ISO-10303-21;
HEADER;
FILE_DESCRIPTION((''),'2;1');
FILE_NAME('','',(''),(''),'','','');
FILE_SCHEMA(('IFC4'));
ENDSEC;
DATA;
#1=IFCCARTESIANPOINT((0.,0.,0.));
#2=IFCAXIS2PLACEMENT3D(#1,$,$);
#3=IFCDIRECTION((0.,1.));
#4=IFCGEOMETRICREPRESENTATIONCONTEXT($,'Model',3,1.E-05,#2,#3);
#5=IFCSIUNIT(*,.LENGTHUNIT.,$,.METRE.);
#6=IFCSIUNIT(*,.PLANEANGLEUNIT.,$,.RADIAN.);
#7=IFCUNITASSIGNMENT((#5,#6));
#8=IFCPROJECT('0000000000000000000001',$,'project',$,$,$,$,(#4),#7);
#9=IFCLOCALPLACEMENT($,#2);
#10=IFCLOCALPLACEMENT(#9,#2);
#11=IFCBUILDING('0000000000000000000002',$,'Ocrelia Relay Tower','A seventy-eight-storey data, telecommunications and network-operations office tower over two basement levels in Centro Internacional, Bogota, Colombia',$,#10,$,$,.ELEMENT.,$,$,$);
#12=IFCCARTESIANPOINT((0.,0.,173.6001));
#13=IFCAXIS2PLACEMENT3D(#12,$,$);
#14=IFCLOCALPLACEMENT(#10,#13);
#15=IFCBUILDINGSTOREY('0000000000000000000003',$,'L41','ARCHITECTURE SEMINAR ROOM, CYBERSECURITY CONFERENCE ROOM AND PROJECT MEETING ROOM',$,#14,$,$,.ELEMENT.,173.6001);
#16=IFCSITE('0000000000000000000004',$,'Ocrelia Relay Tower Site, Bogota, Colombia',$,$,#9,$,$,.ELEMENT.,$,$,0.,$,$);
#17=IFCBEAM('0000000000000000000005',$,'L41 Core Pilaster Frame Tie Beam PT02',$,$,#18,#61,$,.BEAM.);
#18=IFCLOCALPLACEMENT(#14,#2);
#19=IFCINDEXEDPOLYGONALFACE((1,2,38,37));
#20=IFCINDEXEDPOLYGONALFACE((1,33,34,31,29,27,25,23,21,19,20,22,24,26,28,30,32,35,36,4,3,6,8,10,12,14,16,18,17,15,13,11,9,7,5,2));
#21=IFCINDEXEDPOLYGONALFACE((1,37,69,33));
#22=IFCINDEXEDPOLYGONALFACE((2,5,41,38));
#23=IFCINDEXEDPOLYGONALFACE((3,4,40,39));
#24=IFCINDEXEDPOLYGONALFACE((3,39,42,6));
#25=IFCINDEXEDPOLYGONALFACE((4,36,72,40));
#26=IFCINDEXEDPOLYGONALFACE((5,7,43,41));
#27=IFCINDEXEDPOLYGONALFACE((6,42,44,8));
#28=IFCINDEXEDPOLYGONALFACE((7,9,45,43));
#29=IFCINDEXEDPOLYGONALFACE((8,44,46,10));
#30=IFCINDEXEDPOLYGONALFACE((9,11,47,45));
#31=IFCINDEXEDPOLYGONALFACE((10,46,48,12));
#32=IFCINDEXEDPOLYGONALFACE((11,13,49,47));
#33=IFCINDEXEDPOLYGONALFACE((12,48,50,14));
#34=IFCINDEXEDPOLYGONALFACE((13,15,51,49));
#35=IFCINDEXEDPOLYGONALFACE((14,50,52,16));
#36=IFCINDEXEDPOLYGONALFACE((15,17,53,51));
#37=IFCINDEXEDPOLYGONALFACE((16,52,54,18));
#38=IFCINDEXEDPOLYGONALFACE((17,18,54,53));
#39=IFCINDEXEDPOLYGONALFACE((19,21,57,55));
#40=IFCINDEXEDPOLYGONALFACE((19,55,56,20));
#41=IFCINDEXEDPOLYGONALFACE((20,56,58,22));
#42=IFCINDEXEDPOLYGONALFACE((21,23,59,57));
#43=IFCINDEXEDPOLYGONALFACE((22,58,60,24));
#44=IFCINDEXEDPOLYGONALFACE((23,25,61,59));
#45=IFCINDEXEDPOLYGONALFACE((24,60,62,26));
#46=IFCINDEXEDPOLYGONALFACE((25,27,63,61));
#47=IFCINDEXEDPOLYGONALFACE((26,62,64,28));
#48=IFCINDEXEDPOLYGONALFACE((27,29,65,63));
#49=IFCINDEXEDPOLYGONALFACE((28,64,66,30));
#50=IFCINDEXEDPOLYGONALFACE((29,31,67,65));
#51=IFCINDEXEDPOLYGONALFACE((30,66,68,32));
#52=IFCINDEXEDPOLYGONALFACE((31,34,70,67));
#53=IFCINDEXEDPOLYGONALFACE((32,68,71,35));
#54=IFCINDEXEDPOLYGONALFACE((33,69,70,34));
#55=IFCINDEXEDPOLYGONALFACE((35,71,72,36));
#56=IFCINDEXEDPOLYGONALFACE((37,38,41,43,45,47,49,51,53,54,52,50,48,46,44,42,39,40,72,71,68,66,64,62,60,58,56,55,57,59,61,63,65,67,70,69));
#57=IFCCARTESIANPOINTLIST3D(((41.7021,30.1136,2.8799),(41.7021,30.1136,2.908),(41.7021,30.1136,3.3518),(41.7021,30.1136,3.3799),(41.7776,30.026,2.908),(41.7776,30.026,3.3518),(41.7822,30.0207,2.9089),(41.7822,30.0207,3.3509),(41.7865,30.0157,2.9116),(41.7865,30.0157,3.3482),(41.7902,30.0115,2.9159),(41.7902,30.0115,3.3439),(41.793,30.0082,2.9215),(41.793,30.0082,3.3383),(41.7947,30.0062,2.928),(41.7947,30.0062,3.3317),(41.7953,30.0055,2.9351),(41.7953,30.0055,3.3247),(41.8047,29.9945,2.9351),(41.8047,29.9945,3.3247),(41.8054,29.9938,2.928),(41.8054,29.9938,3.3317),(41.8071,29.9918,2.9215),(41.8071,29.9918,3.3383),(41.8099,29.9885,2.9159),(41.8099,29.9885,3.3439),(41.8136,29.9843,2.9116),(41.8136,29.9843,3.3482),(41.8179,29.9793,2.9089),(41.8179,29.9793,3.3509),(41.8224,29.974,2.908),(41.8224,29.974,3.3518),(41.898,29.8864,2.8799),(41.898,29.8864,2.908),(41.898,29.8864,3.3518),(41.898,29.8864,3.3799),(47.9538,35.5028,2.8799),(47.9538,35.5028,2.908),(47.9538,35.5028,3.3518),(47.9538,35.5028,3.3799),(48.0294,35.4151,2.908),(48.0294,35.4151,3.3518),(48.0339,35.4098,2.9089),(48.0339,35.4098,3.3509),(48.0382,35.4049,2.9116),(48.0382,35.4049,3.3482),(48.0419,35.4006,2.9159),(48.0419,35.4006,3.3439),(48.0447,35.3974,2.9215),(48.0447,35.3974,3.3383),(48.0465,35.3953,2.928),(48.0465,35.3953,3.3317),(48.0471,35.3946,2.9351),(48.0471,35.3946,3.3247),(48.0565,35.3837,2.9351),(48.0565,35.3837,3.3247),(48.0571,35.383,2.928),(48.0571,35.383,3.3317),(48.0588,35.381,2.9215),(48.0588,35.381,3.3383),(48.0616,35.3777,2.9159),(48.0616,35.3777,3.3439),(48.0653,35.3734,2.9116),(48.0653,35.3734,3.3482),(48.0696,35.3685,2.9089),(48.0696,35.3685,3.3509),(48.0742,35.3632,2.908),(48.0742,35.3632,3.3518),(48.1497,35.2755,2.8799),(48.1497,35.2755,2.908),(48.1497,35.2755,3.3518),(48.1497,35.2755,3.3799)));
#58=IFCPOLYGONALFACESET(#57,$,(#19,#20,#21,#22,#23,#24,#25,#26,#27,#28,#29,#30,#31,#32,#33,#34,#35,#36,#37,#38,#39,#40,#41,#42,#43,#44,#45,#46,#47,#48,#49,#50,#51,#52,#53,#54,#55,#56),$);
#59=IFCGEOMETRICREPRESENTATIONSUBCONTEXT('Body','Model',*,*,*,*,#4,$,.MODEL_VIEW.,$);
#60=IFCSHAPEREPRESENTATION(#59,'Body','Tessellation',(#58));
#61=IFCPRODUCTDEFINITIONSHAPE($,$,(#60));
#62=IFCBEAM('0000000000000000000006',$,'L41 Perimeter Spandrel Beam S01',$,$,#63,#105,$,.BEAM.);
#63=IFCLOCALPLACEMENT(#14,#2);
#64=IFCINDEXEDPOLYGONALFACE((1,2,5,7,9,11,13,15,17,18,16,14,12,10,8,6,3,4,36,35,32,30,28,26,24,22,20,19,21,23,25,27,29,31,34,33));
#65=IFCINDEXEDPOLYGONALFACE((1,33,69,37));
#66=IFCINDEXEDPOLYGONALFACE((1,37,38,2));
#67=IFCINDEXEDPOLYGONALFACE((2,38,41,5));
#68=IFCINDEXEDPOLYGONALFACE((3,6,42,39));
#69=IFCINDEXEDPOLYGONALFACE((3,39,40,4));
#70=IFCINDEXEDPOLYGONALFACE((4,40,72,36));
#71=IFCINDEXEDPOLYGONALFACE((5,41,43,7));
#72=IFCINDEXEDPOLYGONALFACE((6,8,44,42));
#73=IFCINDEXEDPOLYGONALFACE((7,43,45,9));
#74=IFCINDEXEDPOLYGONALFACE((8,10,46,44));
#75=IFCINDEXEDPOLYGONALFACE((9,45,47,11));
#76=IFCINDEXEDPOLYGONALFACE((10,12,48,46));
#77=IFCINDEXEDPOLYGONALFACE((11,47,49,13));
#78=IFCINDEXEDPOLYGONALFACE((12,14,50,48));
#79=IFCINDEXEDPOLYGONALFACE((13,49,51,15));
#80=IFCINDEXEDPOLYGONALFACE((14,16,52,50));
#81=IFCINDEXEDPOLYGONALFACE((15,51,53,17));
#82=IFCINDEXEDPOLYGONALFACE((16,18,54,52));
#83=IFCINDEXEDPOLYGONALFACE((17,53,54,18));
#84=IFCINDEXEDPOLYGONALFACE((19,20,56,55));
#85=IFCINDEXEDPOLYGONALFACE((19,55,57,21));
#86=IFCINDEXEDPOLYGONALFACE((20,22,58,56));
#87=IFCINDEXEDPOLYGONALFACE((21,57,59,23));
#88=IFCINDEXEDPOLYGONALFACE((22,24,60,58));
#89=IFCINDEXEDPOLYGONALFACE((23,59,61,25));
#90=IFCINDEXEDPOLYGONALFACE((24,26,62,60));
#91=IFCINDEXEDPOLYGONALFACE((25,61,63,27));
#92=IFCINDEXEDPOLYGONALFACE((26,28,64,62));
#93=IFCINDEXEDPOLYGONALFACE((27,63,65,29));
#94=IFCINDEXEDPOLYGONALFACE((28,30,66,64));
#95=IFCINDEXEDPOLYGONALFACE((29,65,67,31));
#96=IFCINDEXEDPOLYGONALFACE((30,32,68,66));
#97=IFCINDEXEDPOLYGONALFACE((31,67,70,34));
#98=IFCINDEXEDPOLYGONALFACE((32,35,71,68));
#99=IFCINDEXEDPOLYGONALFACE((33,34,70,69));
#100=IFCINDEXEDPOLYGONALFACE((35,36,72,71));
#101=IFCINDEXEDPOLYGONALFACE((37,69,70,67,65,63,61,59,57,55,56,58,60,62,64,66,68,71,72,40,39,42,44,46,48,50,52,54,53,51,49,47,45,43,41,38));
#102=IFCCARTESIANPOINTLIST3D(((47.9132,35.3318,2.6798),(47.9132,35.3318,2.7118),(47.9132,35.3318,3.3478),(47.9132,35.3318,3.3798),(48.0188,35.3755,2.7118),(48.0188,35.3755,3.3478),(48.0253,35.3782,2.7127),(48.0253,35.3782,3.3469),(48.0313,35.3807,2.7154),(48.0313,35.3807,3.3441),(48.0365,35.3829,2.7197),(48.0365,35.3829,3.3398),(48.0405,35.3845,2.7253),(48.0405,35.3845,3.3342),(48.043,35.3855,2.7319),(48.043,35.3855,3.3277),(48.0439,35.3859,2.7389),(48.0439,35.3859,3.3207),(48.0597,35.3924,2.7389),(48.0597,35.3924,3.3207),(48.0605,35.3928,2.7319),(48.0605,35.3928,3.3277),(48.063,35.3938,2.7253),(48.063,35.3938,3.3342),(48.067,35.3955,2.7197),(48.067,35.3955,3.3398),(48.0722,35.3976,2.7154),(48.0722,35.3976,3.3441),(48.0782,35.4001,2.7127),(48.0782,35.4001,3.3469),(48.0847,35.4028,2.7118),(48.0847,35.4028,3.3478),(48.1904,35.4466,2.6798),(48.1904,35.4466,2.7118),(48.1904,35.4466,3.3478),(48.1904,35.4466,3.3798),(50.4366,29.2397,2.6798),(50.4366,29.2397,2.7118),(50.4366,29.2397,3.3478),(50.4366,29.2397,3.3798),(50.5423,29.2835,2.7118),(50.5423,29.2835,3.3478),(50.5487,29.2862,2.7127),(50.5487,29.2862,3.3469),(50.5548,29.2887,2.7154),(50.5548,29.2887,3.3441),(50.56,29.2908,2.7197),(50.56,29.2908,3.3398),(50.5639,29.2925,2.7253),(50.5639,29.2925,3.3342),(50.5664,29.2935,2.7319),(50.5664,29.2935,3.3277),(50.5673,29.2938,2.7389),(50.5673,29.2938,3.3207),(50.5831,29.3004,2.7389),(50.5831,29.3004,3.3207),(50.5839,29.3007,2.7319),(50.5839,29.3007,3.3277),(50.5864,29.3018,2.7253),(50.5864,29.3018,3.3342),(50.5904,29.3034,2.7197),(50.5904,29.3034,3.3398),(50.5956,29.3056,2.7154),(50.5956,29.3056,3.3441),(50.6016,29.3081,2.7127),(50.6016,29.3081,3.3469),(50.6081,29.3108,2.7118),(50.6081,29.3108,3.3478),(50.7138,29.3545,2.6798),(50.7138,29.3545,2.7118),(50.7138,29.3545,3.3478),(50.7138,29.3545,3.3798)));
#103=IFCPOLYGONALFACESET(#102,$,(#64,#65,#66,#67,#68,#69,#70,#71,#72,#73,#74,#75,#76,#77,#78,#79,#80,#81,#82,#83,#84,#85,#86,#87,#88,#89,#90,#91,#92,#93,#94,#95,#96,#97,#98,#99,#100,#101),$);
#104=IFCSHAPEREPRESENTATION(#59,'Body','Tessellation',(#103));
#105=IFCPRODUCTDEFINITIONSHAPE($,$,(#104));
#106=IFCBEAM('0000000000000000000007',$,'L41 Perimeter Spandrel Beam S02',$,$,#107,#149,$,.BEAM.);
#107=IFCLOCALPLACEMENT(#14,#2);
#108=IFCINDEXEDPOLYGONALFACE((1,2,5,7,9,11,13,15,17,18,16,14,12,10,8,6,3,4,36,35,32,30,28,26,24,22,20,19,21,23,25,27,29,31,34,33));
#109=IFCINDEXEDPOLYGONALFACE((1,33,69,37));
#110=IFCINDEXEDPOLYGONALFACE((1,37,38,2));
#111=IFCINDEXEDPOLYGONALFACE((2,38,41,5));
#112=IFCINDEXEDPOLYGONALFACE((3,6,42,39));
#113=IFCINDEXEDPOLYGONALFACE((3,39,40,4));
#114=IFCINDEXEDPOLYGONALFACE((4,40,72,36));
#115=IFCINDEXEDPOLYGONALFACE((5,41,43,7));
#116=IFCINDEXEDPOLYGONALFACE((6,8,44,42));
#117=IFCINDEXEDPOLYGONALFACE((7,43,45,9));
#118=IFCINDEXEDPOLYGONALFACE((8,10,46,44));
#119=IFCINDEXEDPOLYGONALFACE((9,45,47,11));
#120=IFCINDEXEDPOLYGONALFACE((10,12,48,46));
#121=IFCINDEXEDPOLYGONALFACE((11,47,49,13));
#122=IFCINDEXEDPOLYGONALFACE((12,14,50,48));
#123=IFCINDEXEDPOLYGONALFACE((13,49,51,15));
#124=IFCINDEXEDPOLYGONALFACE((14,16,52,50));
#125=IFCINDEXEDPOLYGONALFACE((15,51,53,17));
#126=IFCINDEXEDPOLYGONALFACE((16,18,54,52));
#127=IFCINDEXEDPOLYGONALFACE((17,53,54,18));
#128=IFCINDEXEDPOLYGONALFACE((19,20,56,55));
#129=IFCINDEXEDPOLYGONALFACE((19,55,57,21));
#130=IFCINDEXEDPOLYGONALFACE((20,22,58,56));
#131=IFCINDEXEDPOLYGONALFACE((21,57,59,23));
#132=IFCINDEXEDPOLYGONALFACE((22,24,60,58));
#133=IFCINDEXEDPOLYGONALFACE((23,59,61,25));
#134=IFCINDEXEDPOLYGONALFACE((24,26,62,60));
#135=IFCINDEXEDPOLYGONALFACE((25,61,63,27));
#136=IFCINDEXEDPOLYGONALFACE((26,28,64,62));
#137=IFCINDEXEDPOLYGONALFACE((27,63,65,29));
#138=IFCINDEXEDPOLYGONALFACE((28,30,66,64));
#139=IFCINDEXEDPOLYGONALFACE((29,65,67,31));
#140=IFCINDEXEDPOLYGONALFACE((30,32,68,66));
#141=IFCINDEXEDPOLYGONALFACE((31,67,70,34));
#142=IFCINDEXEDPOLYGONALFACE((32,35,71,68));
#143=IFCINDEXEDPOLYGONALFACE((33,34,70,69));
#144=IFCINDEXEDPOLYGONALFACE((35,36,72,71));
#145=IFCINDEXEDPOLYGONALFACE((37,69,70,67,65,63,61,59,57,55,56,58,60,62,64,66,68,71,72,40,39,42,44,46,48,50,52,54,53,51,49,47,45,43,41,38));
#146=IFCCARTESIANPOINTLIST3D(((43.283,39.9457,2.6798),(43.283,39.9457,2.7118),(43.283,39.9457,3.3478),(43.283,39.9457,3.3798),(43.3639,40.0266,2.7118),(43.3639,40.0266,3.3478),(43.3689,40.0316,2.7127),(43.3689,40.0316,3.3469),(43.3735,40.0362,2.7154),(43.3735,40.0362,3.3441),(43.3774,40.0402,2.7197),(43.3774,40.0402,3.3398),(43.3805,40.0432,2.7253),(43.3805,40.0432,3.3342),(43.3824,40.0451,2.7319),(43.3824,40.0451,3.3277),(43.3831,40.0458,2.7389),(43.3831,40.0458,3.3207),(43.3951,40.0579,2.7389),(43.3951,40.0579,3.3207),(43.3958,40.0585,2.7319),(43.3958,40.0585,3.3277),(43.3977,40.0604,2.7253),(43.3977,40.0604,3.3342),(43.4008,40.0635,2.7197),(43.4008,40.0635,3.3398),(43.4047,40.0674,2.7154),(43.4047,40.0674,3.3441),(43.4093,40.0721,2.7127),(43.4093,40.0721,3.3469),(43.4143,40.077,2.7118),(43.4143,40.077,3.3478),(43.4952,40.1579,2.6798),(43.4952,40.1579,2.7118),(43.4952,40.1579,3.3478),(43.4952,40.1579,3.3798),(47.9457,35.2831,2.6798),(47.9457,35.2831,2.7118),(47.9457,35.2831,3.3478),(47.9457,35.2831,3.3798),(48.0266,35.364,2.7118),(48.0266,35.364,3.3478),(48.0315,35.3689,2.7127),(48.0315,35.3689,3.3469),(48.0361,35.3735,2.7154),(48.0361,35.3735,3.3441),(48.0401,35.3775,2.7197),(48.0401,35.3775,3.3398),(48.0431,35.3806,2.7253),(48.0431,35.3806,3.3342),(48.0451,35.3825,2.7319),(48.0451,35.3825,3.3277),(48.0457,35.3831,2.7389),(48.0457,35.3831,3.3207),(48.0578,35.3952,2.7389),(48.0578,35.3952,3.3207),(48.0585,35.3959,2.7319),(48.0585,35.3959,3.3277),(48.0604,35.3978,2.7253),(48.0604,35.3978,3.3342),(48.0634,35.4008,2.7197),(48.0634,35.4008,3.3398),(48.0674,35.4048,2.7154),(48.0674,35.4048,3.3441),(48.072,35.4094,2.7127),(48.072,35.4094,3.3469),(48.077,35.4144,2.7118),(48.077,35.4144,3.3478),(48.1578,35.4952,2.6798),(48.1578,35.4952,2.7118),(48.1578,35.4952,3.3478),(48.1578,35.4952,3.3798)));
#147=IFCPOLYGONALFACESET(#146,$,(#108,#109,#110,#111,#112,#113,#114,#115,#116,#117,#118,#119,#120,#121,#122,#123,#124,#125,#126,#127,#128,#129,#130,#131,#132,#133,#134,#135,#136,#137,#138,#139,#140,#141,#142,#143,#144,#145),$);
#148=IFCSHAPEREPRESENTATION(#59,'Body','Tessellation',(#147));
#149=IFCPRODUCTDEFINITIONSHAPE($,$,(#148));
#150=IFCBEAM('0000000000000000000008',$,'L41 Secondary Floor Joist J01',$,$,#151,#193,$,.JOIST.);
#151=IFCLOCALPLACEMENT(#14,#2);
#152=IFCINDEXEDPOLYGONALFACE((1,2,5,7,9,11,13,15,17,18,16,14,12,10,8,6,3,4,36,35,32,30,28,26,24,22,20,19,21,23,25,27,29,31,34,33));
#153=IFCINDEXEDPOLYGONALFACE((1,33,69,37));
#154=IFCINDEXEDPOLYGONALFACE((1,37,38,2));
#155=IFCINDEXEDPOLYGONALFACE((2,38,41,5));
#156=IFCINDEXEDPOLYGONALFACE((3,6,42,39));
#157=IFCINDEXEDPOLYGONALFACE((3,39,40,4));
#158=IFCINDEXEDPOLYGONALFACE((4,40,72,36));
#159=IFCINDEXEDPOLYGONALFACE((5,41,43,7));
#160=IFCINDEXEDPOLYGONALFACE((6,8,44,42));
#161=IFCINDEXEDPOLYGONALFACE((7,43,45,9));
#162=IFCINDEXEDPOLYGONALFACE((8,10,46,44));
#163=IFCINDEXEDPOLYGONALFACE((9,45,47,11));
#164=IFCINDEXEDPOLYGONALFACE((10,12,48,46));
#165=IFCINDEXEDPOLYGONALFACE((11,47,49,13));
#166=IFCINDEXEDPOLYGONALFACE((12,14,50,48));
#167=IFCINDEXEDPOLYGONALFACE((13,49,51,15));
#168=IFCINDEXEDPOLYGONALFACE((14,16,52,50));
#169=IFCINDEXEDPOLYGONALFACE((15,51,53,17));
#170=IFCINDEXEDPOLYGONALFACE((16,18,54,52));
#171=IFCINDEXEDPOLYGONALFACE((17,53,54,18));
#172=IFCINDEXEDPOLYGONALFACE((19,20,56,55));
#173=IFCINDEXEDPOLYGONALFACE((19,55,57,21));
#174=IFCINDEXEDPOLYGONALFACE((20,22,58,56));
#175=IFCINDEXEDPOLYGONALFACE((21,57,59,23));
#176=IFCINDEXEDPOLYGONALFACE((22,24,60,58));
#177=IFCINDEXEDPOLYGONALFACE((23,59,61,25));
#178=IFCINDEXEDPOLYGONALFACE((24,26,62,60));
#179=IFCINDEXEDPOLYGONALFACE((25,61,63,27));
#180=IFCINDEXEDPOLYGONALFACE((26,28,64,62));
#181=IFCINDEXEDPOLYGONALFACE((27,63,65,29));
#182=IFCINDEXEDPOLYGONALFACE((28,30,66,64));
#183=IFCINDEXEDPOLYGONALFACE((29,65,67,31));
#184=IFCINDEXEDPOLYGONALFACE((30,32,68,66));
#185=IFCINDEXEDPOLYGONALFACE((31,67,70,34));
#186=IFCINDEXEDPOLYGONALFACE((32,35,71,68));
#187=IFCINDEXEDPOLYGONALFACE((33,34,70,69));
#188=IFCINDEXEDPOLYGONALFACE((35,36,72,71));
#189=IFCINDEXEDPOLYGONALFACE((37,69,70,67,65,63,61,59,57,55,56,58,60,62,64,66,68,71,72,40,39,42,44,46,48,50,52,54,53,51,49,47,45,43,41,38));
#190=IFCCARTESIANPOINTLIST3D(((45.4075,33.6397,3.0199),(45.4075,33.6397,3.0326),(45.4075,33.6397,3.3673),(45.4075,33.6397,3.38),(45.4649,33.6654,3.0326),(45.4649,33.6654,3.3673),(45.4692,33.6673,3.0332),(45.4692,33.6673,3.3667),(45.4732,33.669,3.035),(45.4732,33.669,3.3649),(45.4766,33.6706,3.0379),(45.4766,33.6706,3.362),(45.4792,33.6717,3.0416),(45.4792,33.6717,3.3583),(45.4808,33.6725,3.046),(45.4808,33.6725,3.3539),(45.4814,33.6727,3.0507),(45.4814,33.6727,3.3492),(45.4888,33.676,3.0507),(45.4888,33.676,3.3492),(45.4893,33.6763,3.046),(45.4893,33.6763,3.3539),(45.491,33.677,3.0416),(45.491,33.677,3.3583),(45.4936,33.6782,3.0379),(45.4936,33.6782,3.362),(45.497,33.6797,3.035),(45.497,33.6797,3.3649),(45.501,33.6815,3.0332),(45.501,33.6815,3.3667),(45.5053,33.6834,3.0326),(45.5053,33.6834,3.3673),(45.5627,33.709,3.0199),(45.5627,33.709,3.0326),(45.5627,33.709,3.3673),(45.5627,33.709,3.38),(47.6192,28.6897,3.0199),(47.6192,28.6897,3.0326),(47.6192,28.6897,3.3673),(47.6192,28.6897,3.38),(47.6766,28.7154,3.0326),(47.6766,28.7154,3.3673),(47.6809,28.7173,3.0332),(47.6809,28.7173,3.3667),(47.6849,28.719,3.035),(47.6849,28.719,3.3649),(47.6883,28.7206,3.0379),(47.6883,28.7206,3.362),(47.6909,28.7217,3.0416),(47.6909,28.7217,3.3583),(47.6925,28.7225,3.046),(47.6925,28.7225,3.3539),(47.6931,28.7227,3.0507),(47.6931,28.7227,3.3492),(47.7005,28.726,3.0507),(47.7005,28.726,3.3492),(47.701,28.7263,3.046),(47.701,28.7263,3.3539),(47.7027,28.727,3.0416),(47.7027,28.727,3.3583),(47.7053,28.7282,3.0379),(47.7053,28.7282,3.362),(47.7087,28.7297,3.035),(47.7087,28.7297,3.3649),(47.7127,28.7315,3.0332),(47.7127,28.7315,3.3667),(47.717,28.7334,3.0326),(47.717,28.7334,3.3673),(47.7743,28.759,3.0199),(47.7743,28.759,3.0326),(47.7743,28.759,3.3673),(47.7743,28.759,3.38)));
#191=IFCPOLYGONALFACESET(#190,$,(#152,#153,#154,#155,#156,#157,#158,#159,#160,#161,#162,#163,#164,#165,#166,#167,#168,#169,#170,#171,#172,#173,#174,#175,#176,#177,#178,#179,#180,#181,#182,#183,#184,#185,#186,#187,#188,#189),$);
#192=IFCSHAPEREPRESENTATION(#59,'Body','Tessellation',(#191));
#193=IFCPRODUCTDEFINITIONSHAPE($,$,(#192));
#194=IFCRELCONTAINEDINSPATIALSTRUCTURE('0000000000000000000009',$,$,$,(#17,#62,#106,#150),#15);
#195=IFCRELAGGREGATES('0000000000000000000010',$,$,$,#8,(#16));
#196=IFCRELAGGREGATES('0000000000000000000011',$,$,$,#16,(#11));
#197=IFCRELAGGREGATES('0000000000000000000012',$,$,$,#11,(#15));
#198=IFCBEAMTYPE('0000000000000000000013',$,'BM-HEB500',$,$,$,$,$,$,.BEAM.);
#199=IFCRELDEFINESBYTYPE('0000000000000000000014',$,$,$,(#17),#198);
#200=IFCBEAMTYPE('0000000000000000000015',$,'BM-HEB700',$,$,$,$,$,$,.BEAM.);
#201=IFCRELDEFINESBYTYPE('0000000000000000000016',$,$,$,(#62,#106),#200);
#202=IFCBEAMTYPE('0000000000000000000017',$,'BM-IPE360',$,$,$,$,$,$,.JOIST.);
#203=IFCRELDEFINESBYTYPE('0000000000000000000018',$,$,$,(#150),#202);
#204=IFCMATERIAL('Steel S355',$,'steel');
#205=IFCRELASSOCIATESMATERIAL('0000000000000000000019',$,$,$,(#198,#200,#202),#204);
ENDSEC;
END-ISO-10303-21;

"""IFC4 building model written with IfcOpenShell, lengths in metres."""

from ifc_helpers import new_model, si_unit, direction, frame, origin, origin_2d, place, context, subcontext, project, spatial, i_section, extrude, material, material_profile, profile_set, type_object, element, save


model = new_model("IFC4")

# Units and contexts
model_context = context("Model", 3, precision=1e-05, world=origin(), true_north=direction((0.0, 1.0)))
body_context = subcontext(model_context, "Body", "Model", "MODEL_VIEW")
ifc_project = project(units=[si_unit("LENGTHUNIT", "METRE"), si_unit("PLANEANGLEUNIT", "RADIAN")], contexts=[model_context])

# Site, building, storey
site_placement = place(None, origin())
site = spatial("IfcSite", under=ifc_project, at=site_placement, Name="Ocrelia Relay Tower Site, Bogota, Colombia", CompositionType="ELEMENT", RefElevation=0.0)
building_placement = place(site_placement, origin())
building = spatial("IfcBuilding", under=site, at=building_placement, Name="Ocrelia Relay Tower", Description="A seventy-eight-storey data, telecommunications and network-operations office tower over two basement levels in Centro Internacional, Bogota, Colombia", CompositionType="ELEMENT")
storey_placement = place(building_placement, frame((0.0, 0.0, 173.6001)))
storey = spatial("IfcBuildingStorey", under=building, at=storey_placement, Name="L41", Description="ARCHITECTURE SEMINAR ROOM, CYBERSECURITY CONFERENCE ROOM AND PROJECT MEETING ROOM", CompositionType="ELEMENT", Elevation=173.6001)

# Beams
ifc_material_1 = material(Name="Steel S355", Category="steel")
ifc_material_profile_1 = material_profile(ifc_material_1, i_section(OverallWidth=0.3, OverallDepth=0.5, WebThickness=0.0144, FlangeThickness=0.0281, FilletRadius=0.0271, at=origin_2d()), Name="HEB 500")
ifc_profile_set_1 = profile_set([ifc_material_profile_1], Name="Steel S355")
beam_type_1 = type_object("IfcBeamType", Name="BM-HEB500", PredefinedType="BEAM", material=ifc_profile_set_1)
beam_1_placement = place(storey_placement, frame((48.0518, 35.3892, 3.1299), z_axis=(-0.757425, -0.652923, 0.0), x_axis=(0.652923, -0.757425, 0.0)))
element("IfcBeam", 1, at=beam_1_placement, inside=storey, type_object=beam_type_1, Name="L41 Core Pilaster Frame Tie Beam PT02", PredefinedType="BEAM", context=body_context, shape_type="SweptSolid", body=[
    extrude(i_section(OverallWidth=0.3, OverallDepth=0.5, WebThickness=0.0144, FlangeThickness=0.0281, FilletRadius=0.0271, at=origin_2d()), origin(), (0.0, 0.0, 1.0), 8.2539),
])
ifc_material_profile_2 = material_profile(ifc_material_1, i_section(OverallWidth=0.3, OverallDepth=0.7, WebThickness=0.0171, FlangeThickness=0.032, FilletRadius=0.0271, at=origin_2d()), Name="HEB 700")
ifc_profile_set_2 = profile_set([ifc_material_profile_2], Name="Steel S355")
beam_type_2 = type_object("IfcBeamType", Name="BM-HEB700", PredefinedType="BEAM", material=ifc_profile_set_2)
for number, where, z_axis, x_axis, name in (
    (2, (50.5752, 29.2971, 3.0298), (-0.382688, 0.923878, 0.0), (-0.923878, -0.382688, 0.0), "L41 Perimeter Spandrel Beam S01"),
    (3, (48.0518, 35.3892, 3.0298), (-0.707107, 0.707107, 0.0), (-0.707107, -0.707107, 0.0), "L41 Perimeter Spandrel Beam S02"),
):
    element("IfcBeam", number, at=place(storey_placement, frame(where, z_axis=z_axis, x_axis=x_axis)), inside=storey, type_object=beam_type_2, Name=name, PredefinedType="BEAM", context=body_context, shape_type="SweptSolid", body=[
        extrude(i_section(OverallWidth=0.3, OverallDepth=0.7, WebThickness=0.0171, FlangeThickness=0.032, FilletRadius=0.0271, at=origin_2d()), origin(), (0.0, 0.0, 1.0), 6.594),
    ])
ifc_material_profile_3 = material_profile(ifc_material_1, i_section(OverallWidth=0.1699, OverallDepth=0.3601, WebThickness=0.0081, FlangeThickness=0.0127, FilletRadius=0.0181, at=origin_2d()), Name="IPE 360")
ifc_profile_set_3 = profile_set([ifc_material_profile_3], Name="Steel S355")
beam_type_3 = type_object("IfcBeamType", Name="BM-IPE360", PredefinedType="JOIST", material=ifc_profile_set_3)
beam_2_placement = place(storey_placement, frame((47.6968, 28.7244, 3.2), z_axis=(-0.407938, 0.913009, 0.0), x_axis=(-0.913009, -0.407938, 0.0)))
element("IfcBeam", 4, at=beam_2_placement, inside=storey, type_object=beam_type_3, Name="L41 Secondary Floor Joist J01", PredefinedType="JOIST", context=body_context, shape_type="SweptSolid", body=[
    extrude(i_section(OverallWidth=0.1699, OverallDepth=0.3601, WebThickness=0.0081, FlangeThickness=0.0127, FilletRadius=0.0181, at=origin_2d()), origin(), (0.0, 0.0, 1.0), 5.4216),
])

save(model, "model.ifc")
